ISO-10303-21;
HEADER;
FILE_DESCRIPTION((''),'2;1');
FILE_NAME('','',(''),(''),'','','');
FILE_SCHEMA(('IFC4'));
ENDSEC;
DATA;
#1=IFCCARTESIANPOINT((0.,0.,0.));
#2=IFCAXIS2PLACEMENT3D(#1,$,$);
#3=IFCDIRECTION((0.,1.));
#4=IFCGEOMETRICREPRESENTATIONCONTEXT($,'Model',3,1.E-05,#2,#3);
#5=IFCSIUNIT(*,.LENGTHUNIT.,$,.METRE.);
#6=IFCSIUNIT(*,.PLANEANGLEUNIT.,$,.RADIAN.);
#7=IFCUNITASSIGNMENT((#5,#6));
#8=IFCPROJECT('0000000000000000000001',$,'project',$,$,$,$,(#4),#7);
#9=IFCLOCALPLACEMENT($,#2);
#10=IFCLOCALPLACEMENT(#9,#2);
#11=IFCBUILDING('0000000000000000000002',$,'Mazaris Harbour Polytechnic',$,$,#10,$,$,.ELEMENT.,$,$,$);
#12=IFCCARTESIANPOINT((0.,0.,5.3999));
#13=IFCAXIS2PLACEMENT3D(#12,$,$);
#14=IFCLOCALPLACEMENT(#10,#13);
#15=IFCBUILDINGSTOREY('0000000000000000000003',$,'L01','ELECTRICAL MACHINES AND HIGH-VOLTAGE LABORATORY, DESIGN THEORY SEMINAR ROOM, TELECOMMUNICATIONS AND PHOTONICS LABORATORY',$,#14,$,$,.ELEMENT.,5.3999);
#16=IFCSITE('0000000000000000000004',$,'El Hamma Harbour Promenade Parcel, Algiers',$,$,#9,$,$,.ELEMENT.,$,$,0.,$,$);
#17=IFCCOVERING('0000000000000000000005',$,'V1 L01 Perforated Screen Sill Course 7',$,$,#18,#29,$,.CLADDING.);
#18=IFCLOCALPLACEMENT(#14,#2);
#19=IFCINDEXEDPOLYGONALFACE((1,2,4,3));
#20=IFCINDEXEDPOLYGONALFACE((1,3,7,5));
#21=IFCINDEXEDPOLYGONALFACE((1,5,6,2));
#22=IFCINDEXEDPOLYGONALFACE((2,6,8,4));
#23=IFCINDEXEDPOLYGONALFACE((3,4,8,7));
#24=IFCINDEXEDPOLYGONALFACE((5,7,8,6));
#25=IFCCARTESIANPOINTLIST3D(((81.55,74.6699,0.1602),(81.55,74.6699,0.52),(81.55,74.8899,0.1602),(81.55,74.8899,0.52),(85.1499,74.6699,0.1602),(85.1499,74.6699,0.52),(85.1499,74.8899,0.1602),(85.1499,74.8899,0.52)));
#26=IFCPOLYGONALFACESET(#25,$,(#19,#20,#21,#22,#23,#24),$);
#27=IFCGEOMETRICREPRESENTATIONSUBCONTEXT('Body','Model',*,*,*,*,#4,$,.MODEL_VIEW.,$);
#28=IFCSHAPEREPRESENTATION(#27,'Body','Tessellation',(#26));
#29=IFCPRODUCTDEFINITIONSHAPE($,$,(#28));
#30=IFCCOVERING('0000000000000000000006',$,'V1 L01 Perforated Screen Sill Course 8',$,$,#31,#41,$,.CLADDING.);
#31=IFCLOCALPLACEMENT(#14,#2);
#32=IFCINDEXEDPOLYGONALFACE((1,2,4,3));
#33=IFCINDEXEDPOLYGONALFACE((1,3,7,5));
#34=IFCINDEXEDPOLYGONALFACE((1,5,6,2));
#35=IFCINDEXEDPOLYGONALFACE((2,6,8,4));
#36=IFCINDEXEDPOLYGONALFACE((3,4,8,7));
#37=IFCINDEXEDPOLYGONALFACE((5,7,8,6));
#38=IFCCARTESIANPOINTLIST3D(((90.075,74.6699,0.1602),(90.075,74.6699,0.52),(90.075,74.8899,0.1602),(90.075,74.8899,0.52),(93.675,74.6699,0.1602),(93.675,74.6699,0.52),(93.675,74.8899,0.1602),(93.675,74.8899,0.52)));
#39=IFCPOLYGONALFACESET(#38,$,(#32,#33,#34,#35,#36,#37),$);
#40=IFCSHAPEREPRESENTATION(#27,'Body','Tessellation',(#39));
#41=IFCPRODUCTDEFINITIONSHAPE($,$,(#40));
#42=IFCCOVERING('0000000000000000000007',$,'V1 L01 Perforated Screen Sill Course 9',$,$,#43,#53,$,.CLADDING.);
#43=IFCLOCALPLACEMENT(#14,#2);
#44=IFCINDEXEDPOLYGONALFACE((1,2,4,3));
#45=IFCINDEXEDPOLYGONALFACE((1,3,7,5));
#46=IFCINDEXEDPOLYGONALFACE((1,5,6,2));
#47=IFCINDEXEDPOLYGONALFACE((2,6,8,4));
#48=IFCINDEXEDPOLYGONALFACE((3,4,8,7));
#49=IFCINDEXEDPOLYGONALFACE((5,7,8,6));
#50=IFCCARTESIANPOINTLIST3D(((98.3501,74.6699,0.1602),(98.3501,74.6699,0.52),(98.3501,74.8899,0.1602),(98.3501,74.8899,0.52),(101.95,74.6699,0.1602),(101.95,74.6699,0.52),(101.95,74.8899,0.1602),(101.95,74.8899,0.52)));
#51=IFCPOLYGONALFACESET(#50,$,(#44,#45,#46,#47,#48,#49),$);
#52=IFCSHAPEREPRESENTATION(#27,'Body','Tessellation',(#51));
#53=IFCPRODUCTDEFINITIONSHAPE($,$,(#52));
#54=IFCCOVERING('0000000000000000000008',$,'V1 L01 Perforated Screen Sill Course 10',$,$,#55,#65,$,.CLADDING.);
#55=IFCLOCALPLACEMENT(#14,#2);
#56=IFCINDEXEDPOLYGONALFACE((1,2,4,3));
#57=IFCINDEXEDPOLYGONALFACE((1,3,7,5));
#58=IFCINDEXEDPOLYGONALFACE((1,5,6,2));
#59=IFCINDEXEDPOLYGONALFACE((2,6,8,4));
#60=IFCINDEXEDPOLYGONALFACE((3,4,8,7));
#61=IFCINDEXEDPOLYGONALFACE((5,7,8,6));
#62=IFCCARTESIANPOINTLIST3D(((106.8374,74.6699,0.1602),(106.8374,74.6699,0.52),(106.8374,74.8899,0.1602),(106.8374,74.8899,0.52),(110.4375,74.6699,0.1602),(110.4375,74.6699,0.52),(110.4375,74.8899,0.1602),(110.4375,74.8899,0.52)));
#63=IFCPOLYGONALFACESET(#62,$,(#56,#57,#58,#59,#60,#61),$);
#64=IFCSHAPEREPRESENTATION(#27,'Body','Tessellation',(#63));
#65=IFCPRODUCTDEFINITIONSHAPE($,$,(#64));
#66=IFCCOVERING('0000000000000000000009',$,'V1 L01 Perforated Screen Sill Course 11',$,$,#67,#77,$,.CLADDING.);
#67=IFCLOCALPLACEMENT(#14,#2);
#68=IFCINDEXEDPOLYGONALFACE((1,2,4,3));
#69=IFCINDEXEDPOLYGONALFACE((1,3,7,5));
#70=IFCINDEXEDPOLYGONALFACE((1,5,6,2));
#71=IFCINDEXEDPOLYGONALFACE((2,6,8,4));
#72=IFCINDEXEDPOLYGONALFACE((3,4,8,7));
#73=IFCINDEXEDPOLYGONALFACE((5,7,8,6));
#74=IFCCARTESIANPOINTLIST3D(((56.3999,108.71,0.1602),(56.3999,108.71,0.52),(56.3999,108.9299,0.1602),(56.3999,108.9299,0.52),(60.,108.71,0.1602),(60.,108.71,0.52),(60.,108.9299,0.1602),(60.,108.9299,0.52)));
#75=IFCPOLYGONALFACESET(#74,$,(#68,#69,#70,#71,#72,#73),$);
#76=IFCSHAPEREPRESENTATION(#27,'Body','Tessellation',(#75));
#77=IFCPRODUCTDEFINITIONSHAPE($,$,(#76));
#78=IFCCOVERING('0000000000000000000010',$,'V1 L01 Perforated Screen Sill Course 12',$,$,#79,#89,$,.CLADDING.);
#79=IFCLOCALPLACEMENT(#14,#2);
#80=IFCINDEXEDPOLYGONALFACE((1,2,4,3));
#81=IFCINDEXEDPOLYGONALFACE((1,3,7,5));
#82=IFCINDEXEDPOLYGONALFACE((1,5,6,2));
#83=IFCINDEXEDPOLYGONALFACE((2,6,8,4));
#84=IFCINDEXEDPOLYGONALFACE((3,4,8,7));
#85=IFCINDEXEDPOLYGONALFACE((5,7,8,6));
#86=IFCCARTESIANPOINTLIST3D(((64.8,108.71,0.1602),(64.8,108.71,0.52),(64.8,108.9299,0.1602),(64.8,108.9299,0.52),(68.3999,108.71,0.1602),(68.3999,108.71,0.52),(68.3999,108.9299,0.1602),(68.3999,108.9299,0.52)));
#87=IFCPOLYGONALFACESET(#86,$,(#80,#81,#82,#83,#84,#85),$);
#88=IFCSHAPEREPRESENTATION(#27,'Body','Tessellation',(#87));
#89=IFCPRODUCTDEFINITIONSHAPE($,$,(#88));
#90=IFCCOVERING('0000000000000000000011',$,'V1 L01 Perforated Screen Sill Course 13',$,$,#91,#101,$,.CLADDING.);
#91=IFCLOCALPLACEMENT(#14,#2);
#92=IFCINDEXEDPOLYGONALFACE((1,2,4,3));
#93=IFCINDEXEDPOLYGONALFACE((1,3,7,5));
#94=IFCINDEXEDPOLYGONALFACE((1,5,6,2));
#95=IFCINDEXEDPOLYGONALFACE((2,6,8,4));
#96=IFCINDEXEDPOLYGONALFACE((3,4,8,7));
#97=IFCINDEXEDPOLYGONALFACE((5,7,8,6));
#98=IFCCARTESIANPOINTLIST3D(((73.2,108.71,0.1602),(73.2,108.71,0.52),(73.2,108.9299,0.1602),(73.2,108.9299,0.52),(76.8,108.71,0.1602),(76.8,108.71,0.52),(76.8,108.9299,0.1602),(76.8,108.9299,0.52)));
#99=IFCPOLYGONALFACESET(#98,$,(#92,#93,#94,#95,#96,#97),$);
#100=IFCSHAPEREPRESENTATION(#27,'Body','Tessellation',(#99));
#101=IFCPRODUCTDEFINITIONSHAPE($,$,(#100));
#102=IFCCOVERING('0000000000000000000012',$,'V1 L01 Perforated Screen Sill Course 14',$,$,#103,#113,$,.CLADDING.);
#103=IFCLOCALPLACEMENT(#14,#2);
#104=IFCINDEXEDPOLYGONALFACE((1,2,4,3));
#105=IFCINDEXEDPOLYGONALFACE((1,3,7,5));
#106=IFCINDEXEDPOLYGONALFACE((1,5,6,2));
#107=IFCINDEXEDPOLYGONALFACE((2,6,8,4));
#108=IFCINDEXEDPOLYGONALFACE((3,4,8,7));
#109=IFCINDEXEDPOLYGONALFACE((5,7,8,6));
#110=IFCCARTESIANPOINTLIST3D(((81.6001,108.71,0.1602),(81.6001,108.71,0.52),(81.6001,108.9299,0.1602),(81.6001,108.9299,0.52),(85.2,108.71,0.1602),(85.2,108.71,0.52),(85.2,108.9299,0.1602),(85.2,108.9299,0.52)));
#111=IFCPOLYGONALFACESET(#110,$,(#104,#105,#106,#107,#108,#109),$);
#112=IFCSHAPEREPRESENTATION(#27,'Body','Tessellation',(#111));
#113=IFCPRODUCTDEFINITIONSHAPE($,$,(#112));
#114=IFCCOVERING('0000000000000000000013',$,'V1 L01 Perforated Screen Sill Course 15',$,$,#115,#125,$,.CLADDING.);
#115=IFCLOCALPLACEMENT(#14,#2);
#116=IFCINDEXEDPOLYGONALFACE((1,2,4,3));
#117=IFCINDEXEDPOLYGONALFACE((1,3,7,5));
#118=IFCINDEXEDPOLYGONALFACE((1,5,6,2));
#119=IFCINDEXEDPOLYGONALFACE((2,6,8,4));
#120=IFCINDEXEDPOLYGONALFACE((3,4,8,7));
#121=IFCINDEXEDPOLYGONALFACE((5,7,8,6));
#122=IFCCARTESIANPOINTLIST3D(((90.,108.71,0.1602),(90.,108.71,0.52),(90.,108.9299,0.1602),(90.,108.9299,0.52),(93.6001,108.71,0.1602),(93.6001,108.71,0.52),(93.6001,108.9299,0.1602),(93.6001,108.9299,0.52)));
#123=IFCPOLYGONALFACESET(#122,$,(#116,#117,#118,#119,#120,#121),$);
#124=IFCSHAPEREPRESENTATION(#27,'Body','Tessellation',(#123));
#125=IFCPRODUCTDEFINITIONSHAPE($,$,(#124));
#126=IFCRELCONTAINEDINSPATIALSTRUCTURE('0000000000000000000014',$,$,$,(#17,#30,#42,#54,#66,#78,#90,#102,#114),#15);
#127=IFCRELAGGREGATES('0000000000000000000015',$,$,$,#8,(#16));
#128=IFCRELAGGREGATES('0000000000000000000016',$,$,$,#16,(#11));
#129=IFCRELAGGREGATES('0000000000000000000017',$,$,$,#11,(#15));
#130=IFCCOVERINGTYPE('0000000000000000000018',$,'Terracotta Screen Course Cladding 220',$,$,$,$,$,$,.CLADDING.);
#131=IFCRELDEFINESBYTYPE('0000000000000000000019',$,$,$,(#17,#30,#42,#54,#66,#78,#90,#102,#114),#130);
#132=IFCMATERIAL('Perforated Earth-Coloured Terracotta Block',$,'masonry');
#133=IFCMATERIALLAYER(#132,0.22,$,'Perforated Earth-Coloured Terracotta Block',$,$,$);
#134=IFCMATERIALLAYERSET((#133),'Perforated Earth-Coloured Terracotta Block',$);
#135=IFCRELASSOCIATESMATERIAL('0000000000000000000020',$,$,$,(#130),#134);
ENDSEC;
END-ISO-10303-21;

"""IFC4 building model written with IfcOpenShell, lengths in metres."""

from ifc_helpers import new_model, si_unit, direction, frame, origin, place, context, subcontext, project, spatial, polyline, outline, extrude, material, layer, layer_set, type_object, element, save


model = new_model("IFC4")

# Units and contexts
model_context = context("Model", 3, precision=1e-05, world=origin(), true_north=direction((0.0, 1.0)))
body_context = subcontext(model_context, "Body", "Model", "MODEL_VIEW")
ifc_project = project(units=[si_unit("LENGTHUNIT", "METRE"), si_unit("PLANEANGLEUNIT", "RADIAN")], contexts=[model_context])

# Site, building, storey
site_placement = place(None, origin())
site = spatial("IfcSite", under=ifc_project, at=site_placement, Name="El Hamma Harbour Promenade Parcel, Algiers", CompositionType="ELEMENT", RefElevation=0.0)
building_placement = place(site_placement, origin())
building = spatial("IfcBuilding", under=site, at=building_placement, Name="Mazaris Harbour Polytechnic", CompositionType="ELEMENT")
storey_placement = place(building_placement, frame((0.0, 0.0, 5.3999)))
storey = spatial("IfcBuildingStorey", under=building, at=storey_placement, Name="L01", Description="ELECTRICAL MACHINES AND HIGH-VOLTAGE LABORATORY, DESIGN THEORY SEMINAR ROOM, TELECOMMUNICATIONS AND PHOTONICS LABORATORY", CompositionType="ELEMENT", Elevation=5.3999)

# Coverings
ifc_material_1 = material(Name="Perforated Earth-Coloured Terracotta Block", Category="masonry")
ifc_layer_1 = layer(ifc_material_1, 0.22, Name="Perforated Earth-Coloured Terracotta Block")
ifc_layer_set_1 = layer_set([ifc_layer_1], Name="Perforated Earth-Coloured Terracotta Block")
covering_type_1 = type_object("IfcCoveringType", Name="Terracotta Screen Course Cladding 220", PredefinedType="CLADDING", material=ifc_layer_set_1)
covering_1_placement = place(storey_placement, frame((0.0, 0.0, 0.1602)))
element("IfcCovering", 1, at=covering_1_placement, inside=storey, type_object=covering_type_1, Name="V1 L01 Perforated Screen Sill Course 7", PredefinedType="CLADDING", context=body_context, shape_type="SweptSolid", body=[
    extrude(outline(polyline([(85.1499, 74.8899), (81.55, 74.8899), (81.55, 74.6699), (85.1499, 74.6699), (85.1499, 74.8899)])), origin(), (0.0, 0.0, 1.0), 0.3599),
])
covering_2_placement = place(storey_placement, frame((0.0, 0.0, 0.1602)))
element("IfcCovering", 2, at=covering_2_placement, inside=storey, type_object=covering_type_1, Name="V1 L01 Perforated Screen Sill Course 8", PredefinedType="CLADDING", context=body_context, shape_type="SweptSolid", body=[
    extrude(outline(polyline([(93.675, 74.8899), (90.075, 74.8899), (90.075, 74.6699), (93.675, 74.6699), (93.675, 74.8899)])), origin(), (0.0, 0.0, 1.0), 0.3599),
])
covering_3_placement = place(storey_placement, frame((0.0, 0.0, 0.1602)))
element("IfcCovering", 3, at=covering_3_placement, inside=storey, type_object=covering_type_1, Name="V1 L01 Perforated Screen Sill Course 9", PredefinedType="CLADDING", context=body_context, shape_type="SweptSolid", body=[
    extrude(outline(polyline([(101.95, 74.8899), (98.3501, 74.8899), (98.3501, 74.6699), (101.95, 74.6699), (101.95, 74.8899)])), origin(), (0.0, 0.0, 1.0), 0.3599),
])
covering_4_placement = place(storey_placement, frame((0.0, 0.0, 0.1602)))
element("IfcCovering", 4, at=covering_4_placement, inside=storey, type_object=covering_type_1, Name="V1 L01 Perforated Screen Sill Course 10", PredefinedType="CLADDING", context=body_context, shape_type="SweptSolid", body=[
    extrude(outline(polyline([(110.4375, 74.8899), (106.8374, 74.8899), (106.8374, 74.6699), (110.4375, 74.6699), (110.4375, 74.8899)])), origin(), (0.0, 0.0, 1.0), 0.3599),
])
covering_5_placement = place(storey_placement, frame((0.0, 0.0, 0.1602)))
element("IfcCovering", 5, at=covering_5_placement, inside=storey, type_object=covering_type_1, Name="V1 L01 Perforated Screen Sill Course 11", PredefinedType="CLADDING", context=body_context, shape_type="SweptSolid", body=[
    extrude(outline(polyline([(56.3999, 108.71), (60.0, 108.71), (60.0, 108.9299), (56.3999, 108.9299), (56.3999, 108.71)])), origin(), (0.0, 0.0, 1.0), 0.3599),
])
covering_6_placement = place(storey_placement, frame((0.0, 0.0, 0.1602)))
element("IfcCovering", 6, at=covering_6_placement, inside=storey, type_object=covering_type_1, Name="V1 L01 Perforated Screen Sill Course 12", PredefinedType="CLADDING", context=body_context, shape_type="SweptSolid", body=[
    extrude(outline(polyline([(64.8, 108.71), (68.3999, 108.71), (68.3999, 108.9299), (64.8, 108.9299), (64.8, 108.71)])), origin(), (0.0, 0.0, 1.0), 0.3599),
])
covering_7_placement = place(storey_placement, frame((0.0, 0.0, 0.1602)))
element("IfcCovering", 7, at=covering_7_placement, inside=storey, type_object=covering_type_1, Name="V1 L01 Perforated Screen Sill Course 13", PredefinedType="CLADDING", context=body_context, shape_type="SweptSolid", body=[
    extrude(outline(polyline([(73.2, 108.71), (76.8, 108.71), (76.8, 108.9299), (73.2, 108.9299), (73.2, 108.71)])), origin(), (0.0, 0.0, 1.0), 0.3599),
])
covering_8_placement = place(storey_placement, frame((0.0, 0.0, 0.1602)))
element("IfcCovering", 8, at=covering_8_placement, inside=storey, type_object=covering_type_1, Name="V1 L01 Perforated Screen Sill Course 14", PredefinedType="CLADDING", context=body_context, shape_type="SweptSolid", body=[
    extrude(outline(polyline([(81.6001, 108.71), (85.2, 108.71), (85.2, 108.9299), (81.6001, 108.9299), (81.6001, 108.71)])), origin(), (0.0, 0.0, 1.0), 0.3599),
])
covering_9_placement = place(storey_placement, frame((0.0, 0.0, 0.1602)))
element("IfcCovering", 9, at=covering_9_placement, inside=storey, type_object=covering_type_1, Name="V1 L01 Perforated Screen Sill Course 15", PredefinedType="CLADDING", context=body_context, shape_type="SweptSolid", body=[
    extrude(outline(polyline([(90.0, 108.71), (93.6001, 108.71), (93.6001, 108.9299), (90.0, 108.9299), (90.0, 108.71)])), origin(), (0.0, 0.0, 1.0), 0.3599),
])

save(model, "model.ifc")
